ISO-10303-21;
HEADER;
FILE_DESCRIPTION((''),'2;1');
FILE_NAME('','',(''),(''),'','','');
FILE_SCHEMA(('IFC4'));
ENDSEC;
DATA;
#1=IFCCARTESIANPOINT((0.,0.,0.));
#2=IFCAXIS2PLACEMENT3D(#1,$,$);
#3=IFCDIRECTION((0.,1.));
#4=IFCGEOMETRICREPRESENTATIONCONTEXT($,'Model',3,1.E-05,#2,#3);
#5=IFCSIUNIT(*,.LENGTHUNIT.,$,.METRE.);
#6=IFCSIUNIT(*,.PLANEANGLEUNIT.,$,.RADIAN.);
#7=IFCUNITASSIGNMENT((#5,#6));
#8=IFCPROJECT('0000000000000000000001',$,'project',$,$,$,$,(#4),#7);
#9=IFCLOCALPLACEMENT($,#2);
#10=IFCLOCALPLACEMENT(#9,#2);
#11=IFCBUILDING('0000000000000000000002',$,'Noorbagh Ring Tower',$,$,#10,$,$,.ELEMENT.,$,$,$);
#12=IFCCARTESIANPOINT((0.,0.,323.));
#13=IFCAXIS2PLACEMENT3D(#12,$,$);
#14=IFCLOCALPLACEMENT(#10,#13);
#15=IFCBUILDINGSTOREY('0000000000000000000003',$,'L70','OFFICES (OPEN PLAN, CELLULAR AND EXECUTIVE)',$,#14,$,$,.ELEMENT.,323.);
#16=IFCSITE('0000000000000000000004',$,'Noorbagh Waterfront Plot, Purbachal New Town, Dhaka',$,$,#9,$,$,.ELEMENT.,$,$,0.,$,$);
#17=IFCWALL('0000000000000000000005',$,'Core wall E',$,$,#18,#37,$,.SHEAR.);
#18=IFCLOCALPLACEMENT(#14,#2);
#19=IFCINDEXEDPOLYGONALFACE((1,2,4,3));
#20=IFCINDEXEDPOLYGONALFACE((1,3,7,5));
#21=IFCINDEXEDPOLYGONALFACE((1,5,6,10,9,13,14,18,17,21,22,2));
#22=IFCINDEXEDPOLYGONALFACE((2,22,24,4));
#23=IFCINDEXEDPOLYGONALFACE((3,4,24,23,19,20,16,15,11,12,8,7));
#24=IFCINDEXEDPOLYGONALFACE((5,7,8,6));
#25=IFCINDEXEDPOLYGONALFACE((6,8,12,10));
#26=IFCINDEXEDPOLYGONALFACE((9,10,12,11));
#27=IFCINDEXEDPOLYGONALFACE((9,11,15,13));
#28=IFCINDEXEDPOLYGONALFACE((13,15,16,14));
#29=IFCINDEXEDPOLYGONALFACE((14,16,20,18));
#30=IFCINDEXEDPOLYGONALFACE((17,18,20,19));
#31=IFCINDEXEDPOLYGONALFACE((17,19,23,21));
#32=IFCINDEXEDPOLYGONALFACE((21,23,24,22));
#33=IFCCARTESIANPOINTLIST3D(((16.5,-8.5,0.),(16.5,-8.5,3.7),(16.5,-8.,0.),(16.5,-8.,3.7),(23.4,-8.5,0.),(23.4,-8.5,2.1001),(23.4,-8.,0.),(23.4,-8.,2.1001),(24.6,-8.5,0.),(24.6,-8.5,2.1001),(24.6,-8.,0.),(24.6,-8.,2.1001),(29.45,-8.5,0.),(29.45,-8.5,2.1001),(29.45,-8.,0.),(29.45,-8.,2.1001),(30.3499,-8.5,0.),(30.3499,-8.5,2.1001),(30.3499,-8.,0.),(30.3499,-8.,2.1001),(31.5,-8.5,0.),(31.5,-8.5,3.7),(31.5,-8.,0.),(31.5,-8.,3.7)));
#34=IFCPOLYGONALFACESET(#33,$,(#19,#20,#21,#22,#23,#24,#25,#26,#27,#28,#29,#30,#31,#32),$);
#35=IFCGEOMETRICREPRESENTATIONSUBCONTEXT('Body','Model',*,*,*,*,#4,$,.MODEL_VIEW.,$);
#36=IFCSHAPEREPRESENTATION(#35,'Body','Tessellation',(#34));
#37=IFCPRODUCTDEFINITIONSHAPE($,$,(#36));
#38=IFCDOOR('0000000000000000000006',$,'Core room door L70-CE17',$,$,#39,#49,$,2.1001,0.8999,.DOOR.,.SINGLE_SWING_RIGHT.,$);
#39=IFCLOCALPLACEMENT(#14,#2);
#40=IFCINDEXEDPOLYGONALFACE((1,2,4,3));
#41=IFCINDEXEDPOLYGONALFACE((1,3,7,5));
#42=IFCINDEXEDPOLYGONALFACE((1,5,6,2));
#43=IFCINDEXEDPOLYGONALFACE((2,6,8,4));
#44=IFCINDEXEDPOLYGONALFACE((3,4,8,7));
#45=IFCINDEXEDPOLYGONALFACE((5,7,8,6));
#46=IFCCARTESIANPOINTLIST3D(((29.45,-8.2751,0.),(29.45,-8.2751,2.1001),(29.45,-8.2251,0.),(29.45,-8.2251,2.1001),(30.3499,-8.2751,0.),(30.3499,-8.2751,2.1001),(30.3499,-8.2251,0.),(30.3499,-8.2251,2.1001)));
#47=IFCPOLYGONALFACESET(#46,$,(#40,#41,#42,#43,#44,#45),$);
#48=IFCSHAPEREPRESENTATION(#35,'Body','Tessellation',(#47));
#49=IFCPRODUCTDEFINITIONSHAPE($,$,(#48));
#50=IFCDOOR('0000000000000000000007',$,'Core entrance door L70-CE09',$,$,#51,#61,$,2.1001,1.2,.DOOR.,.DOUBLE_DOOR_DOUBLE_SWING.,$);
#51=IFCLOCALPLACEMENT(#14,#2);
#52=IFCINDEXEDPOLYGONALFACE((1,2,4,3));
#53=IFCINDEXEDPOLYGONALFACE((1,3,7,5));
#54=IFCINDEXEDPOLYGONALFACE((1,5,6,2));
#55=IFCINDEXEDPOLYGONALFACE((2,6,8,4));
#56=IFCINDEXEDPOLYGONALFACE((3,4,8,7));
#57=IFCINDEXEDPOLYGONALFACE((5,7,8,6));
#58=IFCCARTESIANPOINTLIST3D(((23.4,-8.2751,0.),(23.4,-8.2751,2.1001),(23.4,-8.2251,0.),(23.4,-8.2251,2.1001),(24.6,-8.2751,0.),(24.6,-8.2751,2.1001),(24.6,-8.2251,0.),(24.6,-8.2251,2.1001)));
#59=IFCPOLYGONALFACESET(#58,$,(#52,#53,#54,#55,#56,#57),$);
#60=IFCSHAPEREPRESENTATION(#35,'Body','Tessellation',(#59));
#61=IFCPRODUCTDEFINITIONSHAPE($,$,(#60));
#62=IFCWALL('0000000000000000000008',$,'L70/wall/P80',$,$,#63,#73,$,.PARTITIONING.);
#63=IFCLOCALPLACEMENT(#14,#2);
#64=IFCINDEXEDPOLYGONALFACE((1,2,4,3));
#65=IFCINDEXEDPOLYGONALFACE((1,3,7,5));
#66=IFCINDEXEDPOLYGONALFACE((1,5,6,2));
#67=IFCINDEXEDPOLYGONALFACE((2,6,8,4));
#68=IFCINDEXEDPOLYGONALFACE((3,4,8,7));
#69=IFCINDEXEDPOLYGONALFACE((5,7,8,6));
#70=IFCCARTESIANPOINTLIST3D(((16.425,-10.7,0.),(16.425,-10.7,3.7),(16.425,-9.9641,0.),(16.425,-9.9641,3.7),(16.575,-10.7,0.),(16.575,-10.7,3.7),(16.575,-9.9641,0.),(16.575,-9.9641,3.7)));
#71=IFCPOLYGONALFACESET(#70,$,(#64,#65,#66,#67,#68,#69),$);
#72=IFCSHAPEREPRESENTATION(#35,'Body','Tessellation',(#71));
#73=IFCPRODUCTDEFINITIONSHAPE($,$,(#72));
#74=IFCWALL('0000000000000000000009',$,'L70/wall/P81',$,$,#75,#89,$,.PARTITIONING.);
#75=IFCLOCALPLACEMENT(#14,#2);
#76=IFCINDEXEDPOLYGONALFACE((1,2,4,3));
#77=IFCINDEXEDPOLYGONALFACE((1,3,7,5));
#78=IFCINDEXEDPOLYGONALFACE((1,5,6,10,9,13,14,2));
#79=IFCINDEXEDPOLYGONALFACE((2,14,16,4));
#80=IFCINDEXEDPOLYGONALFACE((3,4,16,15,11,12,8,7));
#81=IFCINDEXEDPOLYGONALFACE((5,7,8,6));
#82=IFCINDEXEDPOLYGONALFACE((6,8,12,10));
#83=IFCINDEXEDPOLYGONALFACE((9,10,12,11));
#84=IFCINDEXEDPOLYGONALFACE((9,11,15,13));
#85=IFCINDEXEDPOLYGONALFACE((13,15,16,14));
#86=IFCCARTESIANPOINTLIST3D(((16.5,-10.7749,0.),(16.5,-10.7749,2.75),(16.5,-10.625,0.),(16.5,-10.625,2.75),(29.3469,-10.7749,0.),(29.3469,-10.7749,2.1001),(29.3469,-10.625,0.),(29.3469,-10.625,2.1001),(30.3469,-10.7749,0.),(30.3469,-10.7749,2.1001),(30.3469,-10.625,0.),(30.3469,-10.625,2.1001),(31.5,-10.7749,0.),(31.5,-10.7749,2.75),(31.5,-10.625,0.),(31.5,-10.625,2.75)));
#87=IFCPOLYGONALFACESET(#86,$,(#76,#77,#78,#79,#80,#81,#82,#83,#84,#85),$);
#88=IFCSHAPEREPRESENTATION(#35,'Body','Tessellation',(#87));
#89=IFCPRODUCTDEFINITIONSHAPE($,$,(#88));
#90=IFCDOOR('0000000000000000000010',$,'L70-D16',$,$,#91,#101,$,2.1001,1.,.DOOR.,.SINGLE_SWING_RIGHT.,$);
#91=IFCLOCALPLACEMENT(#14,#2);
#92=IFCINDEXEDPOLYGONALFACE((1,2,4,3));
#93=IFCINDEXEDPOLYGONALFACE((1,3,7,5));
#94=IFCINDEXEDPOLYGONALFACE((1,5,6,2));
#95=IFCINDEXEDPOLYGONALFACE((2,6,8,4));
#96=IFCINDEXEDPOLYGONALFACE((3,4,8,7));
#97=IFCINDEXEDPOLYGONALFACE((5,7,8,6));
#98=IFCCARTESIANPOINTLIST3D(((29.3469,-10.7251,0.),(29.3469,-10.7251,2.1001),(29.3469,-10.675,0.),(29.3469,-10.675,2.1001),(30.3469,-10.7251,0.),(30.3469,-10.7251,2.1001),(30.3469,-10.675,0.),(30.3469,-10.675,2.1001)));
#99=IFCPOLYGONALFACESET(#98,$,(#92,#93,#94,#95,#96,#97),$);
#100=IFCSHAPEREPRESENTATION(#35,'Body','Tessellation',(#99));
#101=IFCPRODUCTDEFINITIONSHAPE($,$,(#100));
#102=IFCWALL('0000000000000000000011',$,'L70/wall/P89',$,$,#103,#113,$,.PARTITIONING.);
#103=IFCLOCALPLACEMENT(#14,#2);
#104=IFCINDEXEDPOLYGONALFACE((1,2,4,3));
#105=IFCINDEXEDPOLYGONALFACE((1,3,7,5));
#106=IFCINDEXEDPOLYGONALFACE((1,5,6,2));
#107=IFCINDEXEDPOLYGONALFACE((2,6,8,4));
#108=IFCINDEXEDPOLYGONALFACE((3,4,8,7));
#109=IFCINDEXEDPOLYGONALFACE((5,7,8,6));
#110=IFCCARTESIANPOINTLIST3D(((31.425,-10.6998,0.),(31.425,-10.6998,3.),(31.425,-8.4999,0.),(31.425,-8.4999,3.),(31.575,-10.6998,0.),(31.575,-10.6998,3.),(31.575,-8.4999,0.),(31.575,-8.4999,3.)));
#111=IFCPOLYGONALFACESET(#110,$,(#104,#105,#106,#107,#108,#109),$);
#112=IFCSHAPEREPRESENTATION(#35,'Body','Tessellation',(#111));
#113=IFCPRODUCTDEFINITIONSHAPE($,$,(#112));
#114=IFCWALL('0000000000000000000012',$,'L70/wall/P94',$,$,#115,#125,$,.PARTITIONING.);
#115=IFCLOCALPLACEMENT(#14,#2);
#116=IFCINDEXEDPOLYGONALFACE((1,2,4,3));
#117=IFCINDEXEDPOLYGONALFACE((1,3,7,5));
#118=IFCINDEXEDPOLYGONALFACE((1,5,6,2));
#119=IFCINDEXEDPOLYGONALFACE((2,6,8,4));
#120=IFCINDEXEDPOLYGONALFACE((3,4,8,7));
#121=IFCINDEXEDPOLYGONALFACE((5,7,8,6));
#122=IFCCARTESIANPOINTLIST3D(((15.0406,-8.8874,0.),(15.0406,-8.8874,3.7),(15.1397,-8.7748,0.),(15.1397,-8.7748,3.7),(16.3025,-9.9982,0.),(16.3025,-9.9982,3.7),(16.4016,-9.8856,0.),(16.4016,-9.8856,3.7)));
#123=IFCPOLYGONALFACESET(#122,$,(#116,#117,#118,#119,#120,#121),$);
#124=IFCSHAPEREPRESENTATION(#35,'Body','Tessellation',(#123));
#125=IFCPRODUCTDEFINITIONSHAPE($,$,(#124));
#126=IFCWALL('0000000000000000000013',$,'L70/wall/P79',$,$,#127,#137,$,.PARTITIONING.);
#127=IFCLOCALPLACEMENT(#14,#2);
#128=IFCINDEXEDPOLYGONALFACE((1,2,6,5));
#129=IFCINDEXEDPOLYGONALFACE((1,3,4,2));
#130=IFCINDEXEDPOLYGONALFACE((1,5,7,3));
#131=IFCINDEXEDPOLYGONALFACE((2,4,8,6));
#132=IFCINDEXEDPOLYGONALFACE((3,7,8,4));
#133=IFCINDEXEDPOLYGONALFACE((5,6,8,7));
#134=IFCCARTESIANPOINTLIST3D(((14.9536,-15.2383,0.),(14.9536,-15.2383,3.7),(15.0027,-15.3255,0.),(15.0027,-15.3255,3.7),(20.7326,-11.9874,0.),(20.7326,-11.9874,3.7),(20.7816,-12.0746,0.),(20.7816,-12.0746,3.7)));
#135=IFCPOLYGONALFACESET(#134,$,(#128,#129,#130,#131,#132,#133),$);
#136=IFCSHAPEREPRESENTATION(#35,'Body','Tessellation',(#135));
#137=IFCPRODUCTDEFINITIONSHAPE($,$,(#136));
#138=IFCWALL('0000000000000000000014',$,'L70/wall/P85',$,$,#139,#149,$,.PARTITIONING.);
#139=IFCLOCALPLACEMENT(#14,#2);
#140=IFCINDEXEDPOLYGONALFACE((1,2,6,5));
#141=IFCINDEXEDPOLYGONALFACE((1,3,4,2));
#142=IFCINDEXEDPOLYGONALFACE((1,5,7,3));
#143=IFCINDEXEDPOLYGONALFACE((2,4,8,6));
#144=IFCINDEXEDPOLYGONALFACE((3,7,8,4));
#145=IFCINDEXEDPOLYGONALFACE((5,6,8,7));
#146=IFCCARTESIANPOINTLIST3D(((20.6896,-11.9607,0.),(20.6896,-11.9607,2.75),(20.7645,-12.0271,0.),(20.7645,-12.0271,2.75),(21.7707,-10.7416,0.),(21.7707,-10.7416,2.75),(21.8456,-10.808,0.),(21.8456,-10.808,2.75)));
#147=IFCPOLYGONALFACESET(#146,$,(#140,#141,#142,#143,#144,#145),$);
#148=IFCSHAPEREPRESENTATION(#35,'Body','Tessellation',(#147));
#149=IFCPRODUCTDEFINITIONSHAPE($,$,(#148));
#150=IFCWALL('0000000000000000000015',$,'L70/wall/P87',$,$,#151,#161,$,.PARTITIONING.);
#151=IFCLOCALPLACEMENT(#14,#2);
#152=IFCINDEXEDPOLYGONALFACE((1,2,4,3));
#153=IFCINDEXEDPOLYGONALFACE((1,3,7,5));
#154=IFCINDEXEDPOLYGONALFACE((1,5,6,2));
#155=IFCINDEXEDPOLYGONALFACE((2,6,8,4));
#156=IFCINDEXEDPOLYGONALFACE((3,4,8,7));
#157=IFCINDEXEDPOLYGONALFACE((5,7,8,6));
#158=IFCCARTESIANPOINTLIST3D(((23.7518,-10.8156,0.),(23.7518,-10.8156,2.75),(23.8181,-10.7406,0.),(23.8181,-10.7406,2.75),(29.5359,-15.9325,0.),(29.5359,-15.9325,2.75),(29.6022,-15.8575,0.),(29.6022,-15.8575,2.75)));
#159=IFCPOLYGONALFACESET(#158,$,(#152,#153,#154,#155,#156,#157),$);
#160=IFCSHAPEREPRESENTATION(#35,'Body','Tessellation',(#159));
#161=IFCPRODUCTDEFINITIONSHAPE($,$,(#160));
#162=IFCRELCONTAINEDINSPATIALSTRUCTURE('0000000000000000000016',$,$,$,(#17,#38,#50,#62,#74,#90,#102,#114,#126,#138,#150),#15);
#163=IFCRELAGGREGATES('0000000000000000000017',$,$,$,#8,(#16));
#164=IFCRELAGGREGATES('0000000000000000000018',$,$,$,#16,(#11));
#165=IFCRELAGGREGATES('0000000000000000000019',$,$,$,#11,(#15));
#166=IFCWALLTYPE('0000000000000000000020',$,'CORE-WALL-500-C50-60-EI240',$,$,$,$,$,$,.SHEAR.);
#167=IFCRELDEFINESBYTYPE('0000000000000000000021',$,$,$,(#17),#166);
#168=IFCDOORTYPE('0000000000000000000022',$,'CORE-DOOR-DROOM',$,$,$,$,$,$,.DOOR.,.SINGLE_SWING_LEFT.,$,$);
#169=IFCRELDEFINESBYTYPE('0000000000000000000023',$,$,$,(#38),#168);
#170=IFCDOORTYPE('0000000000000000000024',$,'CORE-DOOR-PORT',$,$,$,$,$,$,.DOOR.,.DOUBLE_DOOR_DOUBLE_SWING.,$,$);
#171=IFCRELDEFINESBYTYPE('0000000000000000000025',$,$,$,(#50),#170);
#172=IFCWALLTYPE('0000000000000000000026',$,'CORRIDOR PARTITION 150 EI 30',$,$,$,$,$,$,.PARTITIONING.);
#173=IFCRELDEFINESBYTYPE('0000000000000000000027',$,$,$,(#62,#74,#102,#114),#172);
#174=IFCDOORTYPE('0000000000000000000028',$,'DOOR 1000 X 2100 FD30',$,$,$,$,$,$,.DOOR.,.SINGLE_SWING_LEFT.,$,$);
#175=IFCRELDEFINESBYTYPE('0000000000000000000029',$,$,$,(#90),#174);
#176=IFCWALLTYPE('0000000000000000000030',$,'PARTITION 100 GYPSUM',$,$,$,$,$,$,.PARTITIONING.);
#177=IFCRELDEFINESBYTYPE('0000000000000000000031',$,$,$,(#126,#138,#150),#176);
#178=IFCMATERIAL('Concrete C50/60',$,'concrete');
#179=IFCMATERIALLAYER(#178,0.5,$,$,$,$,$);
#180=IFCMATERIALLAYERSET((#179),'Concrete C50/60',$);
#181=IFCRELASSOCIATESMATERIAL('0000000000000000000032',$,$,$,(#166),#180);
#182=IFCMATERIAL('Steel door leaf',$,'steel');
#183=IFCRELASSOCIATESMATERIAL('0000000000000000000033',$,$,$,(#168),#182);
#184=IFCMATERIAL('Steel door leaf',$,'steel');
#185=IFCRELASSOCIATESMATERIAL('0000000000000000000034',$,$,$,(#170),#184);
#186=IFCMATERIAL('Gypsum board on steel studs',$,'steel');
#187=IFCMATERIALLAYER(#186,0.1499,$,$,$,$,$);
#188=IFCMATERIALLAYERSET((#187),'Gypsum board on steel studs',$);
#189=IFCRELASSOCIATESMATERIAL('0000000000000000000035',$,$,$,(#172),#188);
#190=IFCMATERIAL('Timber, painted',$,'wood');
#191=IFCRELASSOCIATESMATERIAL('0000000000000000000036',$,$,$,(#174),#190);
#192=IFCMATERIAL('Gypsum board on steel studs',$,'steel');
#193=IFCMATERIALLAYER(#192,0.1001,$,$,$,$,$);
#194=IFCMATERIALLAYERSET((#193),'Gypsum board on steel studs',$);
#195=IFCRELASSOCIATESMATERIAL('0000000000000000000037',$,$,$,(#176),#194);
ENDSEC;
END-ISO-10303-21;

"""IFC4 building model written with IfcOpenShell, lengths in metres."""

from ifc_helpers import new_model, si_unit, direction, frame, frame_2d, origin, place, context, subcontext, project, spatial, rectangle, extrude, material, layer, layer_set, type_object, element, fill, save


model = new_model("IFC4")

# Units and contexts
model_context = context("Model", 3, precision=1e-05, world=origin(), true_north=direction((0.0, 1.0)))
body_context = subcontext(model_context, "Body", "Model", "MODEL_VIEW")
ifc_project = project(units=[si_unit("LENGTHUNIT", "METRE"), si_unit("PLANEANGLEUNIT", "RADIAN")], contexts=[model_context])

# Site, building, storey
site_placement = place(None, origin())
site = spatial("IfcSite", under=ifc_project, at=site_placement, Name="Noorbagh Waterfront Plot, Purbachal New Town, Dhaka", CompositionType="ELEMENT", RefElevation=0.0)
building_placement = place(site_placement, origin())
building = spatial("IfcBuilding", under=site, at=building_placement, Name="Noorbagh Ring Tower", CompositionType="ELEMENT")
storey_placement = place(building_placement, frame((0.0, 0.0, 323.0)))
storey = spatial("IfcBuildingStorey", under=building, at=storey_placement, Name="L70", Description="OFFICES (OPEN PLAN, CELLULAR AND EXECUTIVE)", CompositionType="ELEMENT", Elevation=323.0)

# Wall, openings, doors
ifc_material_1 = material(Name="Concrete C50/60", Category="concrete")
ifc_layer_1 = layer(ifc_material_1, 0.5)
ifc_layer_set_1 = layer_set([ifc_layer_1], Name="Concrete C50/60")
wall_type_1 = type_object("IfcWallType", Name="CORE-WALL-500-C50-60-EI240", PredefinedType="SHEAR", material=ifc_layer_set_1)
wall_1_placement = place(storey_placement, frame((16.5, -8.25, 0.0), z_axis=(0.0, 0.0, 1.0), x_axis=(1.0, 0.0, 0.0)))
wall_1 = element("IfcWall", 1, at=wall_1_placement, inside=storey, type_object=wall_type_1, Name="Core wall E", PredefinedType="SHEAR", context=body_context, shape_type="SweptSolid", body=[
    extrude(rectangle(XDim=15.0, YDim=0.5, at=frame_2d((7.5, 0.0))), origin(), (0.0, 0.0, 1.0), 3.7),
])
opening_1_placement = place(wall_1_placement, frame((6.8999, 0.0, 0.0)))
opening_1 = element("IfcOpeningElement", 2, at=opening_1_placement, cuts=wall_1, PredefinedType="OPENING", context=body_context, shape_type="SweptSolid", body=[
    extrude(rectangle(XDim=1.2, YDim=2.1001, at=frame_2d((0.6001, 1.05))), frame((0.0, 0.26, 0.0), z_axis=(0.0, -1.0, 0.0), x_axis=(1.0, 0.0, 0.0)), (0.0, 0.0, 1.0), 0.52),
])
opening_2_placement = place(wall_1_placement, frame((12.95, 0.0, 0.0)))
opening_2 = element("IfcOpeningElement", 3, at=opening_2_placement, cuts=wall_1, PredefinedType="OPENING", context=body_context, shape_type="SweptSolid", body=[
    extrude(rectangle(XDim=0.8999, YDim=2.1001, at=frame_2d((0.45, 1.05))), frame((0.0, 0.26, 0.0), z_axis=(0.0, -1.0, 0.0), x_axis=(1.0, 0.0, 0.0)), (0.0, 0.0, 1.0), 0.52),
])
ifc_material_2 = material(Name="Steel door leaf", Category="steel")
door_type_1 = type_object("IfcDoorType", Name="CORE-DOOR-DROOM", OperationType="SINGLE_SWING_LEFT", PredefinedType="DOOR", material=ifc_material_2)
door_1_placement = place(opening_2_placement, origin())
door_1 = element("IfcDoor", 4, at=door_1_placement, inside=storey, type_object=door_type_1, Name="Core room door L70-CE17", OperationType="SINGLE_SWING_RIGHT", OverallHeight=2.1001, OverallWidth=0.8999, PredefinedType="DOOR", context=body_context, shape_type="SweptSolid", body=[
    extrude(rectangle(XDim=0.8999, YDim=2.1001, at=frame_2d((0.45, 1.05))), frame((0.0, 0.0249, 0.0), z_axis=(0.0, -1.0, 0.0), x_axis=(1.0, 0.0, 0.0)), (0.0, 0.0, 1.0), 0.05),
])
fill(opening_2, door_1)
ifc_material_3 = material(Name="Steel door leaf", Category="steel")
door_type_2 = type_object("IfcDoorType", Name="CORE-DOOR-PORT", OperationType="DOUBLE_DOOR_DOUBLE_SWING", PredefinedType="DOOR", material=ifc_material_3)
door_2_placement = place(opening_1_placement, origin())
door_2 = element("IfcDoor", 5, at=door_2_placement, inside=storey, type_object=door_type_2, Name="Core entrance door L70-CE09", OperationType="DOUBLE_DOOR_DOUBLE_SWING", OverallHeight=2.1001, OverallWidth=1.2, PredefinedType="DOOR", context=body_context, shape_type="SweptSolid", body=[
    extrude(rectangle(XDim=1.2, YDim=2.1001, at=frame_2d((0.6001, 1.05))), frame((0.0, 0.0249, 0.0), z_axis=(0.0, -1.0, 0.0), x_axis=(1.0, 0.0, 0.0)), (0.0, 0.0, 1.0), 0.05),
])
fill(opening_1, door_2)

# Wall
ifc_material_4 = material(Name="Gypsum board on steel studs", Category="steel")
ifc_layer_2 = layer(ifc_material_4, 0.1499)
ifc_layer_set_2 = layer_set([ifc_layer_2], Name="Gypsum board on steel studs")
wall_type_2 = type_object("IfcWallType", Name="CORRIDOR PARTITION 150 EI 30", PredefinedType="PARTITIONING", material=ifc_layer_set_2)
wall_2_placement = place(storey_placement, frame((16.5, -10.7, 0.0), z_axis=(0.0, 0.0, 1.0), x_axis=(0.0, 1.0, 0.0)))
element("IfcWall", 6, at=wall_2_placement, inside=storey, type_object=wall_type_2, Name="L70/wall/P80", PredefinedType="PARTITIONING", context=body_context, shape_type="SweptSolid", body=[
    extrude(rectangle(XDim=0.7358, YDim=0.1499, at=frame_2d((0.3679, 0.0))), origin(), (0.0, 0.0, 1.0), 3.7),
])

# Wall, opening, door
wall_3_placement = place(storey_placement, frame((16.5, -10.7, 0.0), z_axis=(0.0, 0.0, 1.0), x_axis=(1.0, 0.0, 0.0)))
wall_3 = element("IfcWall", 7, at=wall_3_placement, inside=storey, type_object=wall_type_2, Name="L70/wall/P81", PredefinedType="PARTITIONING", context=body_context, shape_type="SweptSolid", body=[
    extrude(rectangle(XDim=15.0, YDim=0.1499, at=frame_2d((7.5, 0.0))), origin(), (0.0, 0.0, 1.0), 2.75),
])
opening_3_placement = place(wall_3_placement, frame((12.8469, 0.0, 0.0)))
opening_3 = element("IfcOpeningElement", 8, at=opening_3_placement, cuts=wall_3, PredefinedType="OPENING", context=body_context, shape_type="SweptSolid", body=[
    extrude(rectangle(XDim=1.0, YDim=2.1001, at=frame_2d((0.5, 1.05))), frame((0.0, 0.085, 0.0), z_axis=(0.0, -1.0, 0.0), x_axis=(1.0, 0.0, 0.0)), (0.0, 0.0, 1.0), 0.1699),
])
ifc_material_5 = material(Name="Timber, painted", Category="wood")
door_type_3 = type_object("IfcDoorType", Name="DOOR 1000 X 2100 FD30", OperationType="SINGLE_SWING_LEFT", PredefinedType="DOOR", material=ifc_material_5)
door_3_placement = place(opening_3_placement, origin())
door_3 = element("IfcDoor", 9, at=door_3_placement, inside=storey, type_object=door_type_3, Name="L70-D16", OperationType="SINGLE_SWING_RIGHT", OverallHeight=2.1001, OverallWidth=1.0, PredefinedType="DOOR", context=body_context, shape_type="SweptSolid", body=[
    extrude(rectangle(XDim=1.0, YDim=2.1001, at=frame_2d((0.5, 1.05))), frame((0.0, 0.0249, 0.0), z_axis=(0.0, -1.0, 0.0), x_axis=(1.0, 0.0, 0.0)), (0.0, 0.0, 1.0), 0.05),
])
fill(opening_3, door_3)

# Walls
wall_4_placement = place(storey_placement, frame((31.5, -10.7, 0.0), z_axis=(0.0, 0.0, 1.0), x_axis=(0.0, 1.0, 0.0)))
element("IfcWall", 10, at=wall_4_placement, inside=storey, type_object=wall_type_2, Name="L70/wall/P89", PredefinedType="PARTITIONING", context=body_context, shape_type="SweptSolid", body=[
    extrude(rectangle(XDim=2.2, YDim=0.1499, at=frame_2d((1.1001, 0.0))), origin(), (0.0, 0.0, 1.0), 3.0),
])
wall_5_placement = place(storey_placement, frame((16.3521, -9.9419, 0.0), z_axis=(0.0, 0.0, 1.0), x_axis=(-0.750621, 0.660733, 0.0)))
element("IfcWall", 11, at=wall_5_placement, inside=storey, type_object=wall_type_2, Name="L70/wall/P94", PredefinedType="PARTITIONING", context=body_context, shape_type="SweptSolid", body=[
    extrude(rectangle(XDim=1.6812, YDim=0.1499, at=frame_2d((0.8406, 0.0))), origin(), (0.0, 0.0, 1.0), 3.7),
])
ifc_material_6 = material(Name="Gypsum board on steel studs", Category="steel")
ifc_layer_3 = layer(ifc_material_6, 0.1001)
ifc_layer_set_3 = layer_set([ifc_layer_3], Name="Gypsum board on steel studs")
wall_type_3 = type_object("IfcWallType", Name="PARTITION 100 GYPSUM", PredefinedType="PARTITIONING", material=ifc_layer_set_3)
wall_6_placement = place(storey_placement, frame((14.978, -15.282, 0.0), z_axis=(0.0, 0.0, 1.0), x_axis=(0.871559, 0.490291, 0.0)))
element("IfcWall", 12, at=wall_6_placement, inside=storey, type_object=wall_type_3, Name="L70/wall/P79", PredefinedType="PARTITIONING", context=body_context, shape_type="SweptSolid", body=[
    extrude(rectangle(XDim=6.6306, YDim=0.1001, at=frame_2d((3.3154, 0.0))), origin(), (0.0, 0.0, 1.0), 3.7),
])
wall_7_placement = place(storey_placement, frame((20.7271, -11.9939, 0.0), z_axis=(0.0, 0.0, 1.0), x_axis=(0.663508, 0.748169, 0.0)))
element("IfcWall", 13, at=wall_7_placement, inside=storey, type_object=wall_type_3, Name="L70/wall/P85", PredefinedType="PARTITIONING", context=body_context, shape_type="SweptSolid", body=[
    extrude(rectangle(XDim=1.6294, YDim=0.1001, at=frame_2d((0.8147, 0.0))), origin(), (0.0, 0.0, 1.0), 2.75),
])
wall_8_placement = place(storey_placement, frame((23.7849, -10.7781, 0.0), z_axis=(0.0, 0.0, 1.0), x_axis=(0.748986, -0.662586, 0.0)))
element("IfcWall", 14, at=wall_8_placement, inside=storey, type_object=wall_type_3, Name="L70/wall/P87", PredefinedType="PARTITIONING", context=body_context, shape_type="SweptSolid", body=[
    extrude(rectangle(XDim=7.7227, YDim=0.1001, at=frame_2d((3.8613, 0.0))), origin(), (0.0, 0.0, 1.0), 2.75),
])

save(model, "model.ifc")
